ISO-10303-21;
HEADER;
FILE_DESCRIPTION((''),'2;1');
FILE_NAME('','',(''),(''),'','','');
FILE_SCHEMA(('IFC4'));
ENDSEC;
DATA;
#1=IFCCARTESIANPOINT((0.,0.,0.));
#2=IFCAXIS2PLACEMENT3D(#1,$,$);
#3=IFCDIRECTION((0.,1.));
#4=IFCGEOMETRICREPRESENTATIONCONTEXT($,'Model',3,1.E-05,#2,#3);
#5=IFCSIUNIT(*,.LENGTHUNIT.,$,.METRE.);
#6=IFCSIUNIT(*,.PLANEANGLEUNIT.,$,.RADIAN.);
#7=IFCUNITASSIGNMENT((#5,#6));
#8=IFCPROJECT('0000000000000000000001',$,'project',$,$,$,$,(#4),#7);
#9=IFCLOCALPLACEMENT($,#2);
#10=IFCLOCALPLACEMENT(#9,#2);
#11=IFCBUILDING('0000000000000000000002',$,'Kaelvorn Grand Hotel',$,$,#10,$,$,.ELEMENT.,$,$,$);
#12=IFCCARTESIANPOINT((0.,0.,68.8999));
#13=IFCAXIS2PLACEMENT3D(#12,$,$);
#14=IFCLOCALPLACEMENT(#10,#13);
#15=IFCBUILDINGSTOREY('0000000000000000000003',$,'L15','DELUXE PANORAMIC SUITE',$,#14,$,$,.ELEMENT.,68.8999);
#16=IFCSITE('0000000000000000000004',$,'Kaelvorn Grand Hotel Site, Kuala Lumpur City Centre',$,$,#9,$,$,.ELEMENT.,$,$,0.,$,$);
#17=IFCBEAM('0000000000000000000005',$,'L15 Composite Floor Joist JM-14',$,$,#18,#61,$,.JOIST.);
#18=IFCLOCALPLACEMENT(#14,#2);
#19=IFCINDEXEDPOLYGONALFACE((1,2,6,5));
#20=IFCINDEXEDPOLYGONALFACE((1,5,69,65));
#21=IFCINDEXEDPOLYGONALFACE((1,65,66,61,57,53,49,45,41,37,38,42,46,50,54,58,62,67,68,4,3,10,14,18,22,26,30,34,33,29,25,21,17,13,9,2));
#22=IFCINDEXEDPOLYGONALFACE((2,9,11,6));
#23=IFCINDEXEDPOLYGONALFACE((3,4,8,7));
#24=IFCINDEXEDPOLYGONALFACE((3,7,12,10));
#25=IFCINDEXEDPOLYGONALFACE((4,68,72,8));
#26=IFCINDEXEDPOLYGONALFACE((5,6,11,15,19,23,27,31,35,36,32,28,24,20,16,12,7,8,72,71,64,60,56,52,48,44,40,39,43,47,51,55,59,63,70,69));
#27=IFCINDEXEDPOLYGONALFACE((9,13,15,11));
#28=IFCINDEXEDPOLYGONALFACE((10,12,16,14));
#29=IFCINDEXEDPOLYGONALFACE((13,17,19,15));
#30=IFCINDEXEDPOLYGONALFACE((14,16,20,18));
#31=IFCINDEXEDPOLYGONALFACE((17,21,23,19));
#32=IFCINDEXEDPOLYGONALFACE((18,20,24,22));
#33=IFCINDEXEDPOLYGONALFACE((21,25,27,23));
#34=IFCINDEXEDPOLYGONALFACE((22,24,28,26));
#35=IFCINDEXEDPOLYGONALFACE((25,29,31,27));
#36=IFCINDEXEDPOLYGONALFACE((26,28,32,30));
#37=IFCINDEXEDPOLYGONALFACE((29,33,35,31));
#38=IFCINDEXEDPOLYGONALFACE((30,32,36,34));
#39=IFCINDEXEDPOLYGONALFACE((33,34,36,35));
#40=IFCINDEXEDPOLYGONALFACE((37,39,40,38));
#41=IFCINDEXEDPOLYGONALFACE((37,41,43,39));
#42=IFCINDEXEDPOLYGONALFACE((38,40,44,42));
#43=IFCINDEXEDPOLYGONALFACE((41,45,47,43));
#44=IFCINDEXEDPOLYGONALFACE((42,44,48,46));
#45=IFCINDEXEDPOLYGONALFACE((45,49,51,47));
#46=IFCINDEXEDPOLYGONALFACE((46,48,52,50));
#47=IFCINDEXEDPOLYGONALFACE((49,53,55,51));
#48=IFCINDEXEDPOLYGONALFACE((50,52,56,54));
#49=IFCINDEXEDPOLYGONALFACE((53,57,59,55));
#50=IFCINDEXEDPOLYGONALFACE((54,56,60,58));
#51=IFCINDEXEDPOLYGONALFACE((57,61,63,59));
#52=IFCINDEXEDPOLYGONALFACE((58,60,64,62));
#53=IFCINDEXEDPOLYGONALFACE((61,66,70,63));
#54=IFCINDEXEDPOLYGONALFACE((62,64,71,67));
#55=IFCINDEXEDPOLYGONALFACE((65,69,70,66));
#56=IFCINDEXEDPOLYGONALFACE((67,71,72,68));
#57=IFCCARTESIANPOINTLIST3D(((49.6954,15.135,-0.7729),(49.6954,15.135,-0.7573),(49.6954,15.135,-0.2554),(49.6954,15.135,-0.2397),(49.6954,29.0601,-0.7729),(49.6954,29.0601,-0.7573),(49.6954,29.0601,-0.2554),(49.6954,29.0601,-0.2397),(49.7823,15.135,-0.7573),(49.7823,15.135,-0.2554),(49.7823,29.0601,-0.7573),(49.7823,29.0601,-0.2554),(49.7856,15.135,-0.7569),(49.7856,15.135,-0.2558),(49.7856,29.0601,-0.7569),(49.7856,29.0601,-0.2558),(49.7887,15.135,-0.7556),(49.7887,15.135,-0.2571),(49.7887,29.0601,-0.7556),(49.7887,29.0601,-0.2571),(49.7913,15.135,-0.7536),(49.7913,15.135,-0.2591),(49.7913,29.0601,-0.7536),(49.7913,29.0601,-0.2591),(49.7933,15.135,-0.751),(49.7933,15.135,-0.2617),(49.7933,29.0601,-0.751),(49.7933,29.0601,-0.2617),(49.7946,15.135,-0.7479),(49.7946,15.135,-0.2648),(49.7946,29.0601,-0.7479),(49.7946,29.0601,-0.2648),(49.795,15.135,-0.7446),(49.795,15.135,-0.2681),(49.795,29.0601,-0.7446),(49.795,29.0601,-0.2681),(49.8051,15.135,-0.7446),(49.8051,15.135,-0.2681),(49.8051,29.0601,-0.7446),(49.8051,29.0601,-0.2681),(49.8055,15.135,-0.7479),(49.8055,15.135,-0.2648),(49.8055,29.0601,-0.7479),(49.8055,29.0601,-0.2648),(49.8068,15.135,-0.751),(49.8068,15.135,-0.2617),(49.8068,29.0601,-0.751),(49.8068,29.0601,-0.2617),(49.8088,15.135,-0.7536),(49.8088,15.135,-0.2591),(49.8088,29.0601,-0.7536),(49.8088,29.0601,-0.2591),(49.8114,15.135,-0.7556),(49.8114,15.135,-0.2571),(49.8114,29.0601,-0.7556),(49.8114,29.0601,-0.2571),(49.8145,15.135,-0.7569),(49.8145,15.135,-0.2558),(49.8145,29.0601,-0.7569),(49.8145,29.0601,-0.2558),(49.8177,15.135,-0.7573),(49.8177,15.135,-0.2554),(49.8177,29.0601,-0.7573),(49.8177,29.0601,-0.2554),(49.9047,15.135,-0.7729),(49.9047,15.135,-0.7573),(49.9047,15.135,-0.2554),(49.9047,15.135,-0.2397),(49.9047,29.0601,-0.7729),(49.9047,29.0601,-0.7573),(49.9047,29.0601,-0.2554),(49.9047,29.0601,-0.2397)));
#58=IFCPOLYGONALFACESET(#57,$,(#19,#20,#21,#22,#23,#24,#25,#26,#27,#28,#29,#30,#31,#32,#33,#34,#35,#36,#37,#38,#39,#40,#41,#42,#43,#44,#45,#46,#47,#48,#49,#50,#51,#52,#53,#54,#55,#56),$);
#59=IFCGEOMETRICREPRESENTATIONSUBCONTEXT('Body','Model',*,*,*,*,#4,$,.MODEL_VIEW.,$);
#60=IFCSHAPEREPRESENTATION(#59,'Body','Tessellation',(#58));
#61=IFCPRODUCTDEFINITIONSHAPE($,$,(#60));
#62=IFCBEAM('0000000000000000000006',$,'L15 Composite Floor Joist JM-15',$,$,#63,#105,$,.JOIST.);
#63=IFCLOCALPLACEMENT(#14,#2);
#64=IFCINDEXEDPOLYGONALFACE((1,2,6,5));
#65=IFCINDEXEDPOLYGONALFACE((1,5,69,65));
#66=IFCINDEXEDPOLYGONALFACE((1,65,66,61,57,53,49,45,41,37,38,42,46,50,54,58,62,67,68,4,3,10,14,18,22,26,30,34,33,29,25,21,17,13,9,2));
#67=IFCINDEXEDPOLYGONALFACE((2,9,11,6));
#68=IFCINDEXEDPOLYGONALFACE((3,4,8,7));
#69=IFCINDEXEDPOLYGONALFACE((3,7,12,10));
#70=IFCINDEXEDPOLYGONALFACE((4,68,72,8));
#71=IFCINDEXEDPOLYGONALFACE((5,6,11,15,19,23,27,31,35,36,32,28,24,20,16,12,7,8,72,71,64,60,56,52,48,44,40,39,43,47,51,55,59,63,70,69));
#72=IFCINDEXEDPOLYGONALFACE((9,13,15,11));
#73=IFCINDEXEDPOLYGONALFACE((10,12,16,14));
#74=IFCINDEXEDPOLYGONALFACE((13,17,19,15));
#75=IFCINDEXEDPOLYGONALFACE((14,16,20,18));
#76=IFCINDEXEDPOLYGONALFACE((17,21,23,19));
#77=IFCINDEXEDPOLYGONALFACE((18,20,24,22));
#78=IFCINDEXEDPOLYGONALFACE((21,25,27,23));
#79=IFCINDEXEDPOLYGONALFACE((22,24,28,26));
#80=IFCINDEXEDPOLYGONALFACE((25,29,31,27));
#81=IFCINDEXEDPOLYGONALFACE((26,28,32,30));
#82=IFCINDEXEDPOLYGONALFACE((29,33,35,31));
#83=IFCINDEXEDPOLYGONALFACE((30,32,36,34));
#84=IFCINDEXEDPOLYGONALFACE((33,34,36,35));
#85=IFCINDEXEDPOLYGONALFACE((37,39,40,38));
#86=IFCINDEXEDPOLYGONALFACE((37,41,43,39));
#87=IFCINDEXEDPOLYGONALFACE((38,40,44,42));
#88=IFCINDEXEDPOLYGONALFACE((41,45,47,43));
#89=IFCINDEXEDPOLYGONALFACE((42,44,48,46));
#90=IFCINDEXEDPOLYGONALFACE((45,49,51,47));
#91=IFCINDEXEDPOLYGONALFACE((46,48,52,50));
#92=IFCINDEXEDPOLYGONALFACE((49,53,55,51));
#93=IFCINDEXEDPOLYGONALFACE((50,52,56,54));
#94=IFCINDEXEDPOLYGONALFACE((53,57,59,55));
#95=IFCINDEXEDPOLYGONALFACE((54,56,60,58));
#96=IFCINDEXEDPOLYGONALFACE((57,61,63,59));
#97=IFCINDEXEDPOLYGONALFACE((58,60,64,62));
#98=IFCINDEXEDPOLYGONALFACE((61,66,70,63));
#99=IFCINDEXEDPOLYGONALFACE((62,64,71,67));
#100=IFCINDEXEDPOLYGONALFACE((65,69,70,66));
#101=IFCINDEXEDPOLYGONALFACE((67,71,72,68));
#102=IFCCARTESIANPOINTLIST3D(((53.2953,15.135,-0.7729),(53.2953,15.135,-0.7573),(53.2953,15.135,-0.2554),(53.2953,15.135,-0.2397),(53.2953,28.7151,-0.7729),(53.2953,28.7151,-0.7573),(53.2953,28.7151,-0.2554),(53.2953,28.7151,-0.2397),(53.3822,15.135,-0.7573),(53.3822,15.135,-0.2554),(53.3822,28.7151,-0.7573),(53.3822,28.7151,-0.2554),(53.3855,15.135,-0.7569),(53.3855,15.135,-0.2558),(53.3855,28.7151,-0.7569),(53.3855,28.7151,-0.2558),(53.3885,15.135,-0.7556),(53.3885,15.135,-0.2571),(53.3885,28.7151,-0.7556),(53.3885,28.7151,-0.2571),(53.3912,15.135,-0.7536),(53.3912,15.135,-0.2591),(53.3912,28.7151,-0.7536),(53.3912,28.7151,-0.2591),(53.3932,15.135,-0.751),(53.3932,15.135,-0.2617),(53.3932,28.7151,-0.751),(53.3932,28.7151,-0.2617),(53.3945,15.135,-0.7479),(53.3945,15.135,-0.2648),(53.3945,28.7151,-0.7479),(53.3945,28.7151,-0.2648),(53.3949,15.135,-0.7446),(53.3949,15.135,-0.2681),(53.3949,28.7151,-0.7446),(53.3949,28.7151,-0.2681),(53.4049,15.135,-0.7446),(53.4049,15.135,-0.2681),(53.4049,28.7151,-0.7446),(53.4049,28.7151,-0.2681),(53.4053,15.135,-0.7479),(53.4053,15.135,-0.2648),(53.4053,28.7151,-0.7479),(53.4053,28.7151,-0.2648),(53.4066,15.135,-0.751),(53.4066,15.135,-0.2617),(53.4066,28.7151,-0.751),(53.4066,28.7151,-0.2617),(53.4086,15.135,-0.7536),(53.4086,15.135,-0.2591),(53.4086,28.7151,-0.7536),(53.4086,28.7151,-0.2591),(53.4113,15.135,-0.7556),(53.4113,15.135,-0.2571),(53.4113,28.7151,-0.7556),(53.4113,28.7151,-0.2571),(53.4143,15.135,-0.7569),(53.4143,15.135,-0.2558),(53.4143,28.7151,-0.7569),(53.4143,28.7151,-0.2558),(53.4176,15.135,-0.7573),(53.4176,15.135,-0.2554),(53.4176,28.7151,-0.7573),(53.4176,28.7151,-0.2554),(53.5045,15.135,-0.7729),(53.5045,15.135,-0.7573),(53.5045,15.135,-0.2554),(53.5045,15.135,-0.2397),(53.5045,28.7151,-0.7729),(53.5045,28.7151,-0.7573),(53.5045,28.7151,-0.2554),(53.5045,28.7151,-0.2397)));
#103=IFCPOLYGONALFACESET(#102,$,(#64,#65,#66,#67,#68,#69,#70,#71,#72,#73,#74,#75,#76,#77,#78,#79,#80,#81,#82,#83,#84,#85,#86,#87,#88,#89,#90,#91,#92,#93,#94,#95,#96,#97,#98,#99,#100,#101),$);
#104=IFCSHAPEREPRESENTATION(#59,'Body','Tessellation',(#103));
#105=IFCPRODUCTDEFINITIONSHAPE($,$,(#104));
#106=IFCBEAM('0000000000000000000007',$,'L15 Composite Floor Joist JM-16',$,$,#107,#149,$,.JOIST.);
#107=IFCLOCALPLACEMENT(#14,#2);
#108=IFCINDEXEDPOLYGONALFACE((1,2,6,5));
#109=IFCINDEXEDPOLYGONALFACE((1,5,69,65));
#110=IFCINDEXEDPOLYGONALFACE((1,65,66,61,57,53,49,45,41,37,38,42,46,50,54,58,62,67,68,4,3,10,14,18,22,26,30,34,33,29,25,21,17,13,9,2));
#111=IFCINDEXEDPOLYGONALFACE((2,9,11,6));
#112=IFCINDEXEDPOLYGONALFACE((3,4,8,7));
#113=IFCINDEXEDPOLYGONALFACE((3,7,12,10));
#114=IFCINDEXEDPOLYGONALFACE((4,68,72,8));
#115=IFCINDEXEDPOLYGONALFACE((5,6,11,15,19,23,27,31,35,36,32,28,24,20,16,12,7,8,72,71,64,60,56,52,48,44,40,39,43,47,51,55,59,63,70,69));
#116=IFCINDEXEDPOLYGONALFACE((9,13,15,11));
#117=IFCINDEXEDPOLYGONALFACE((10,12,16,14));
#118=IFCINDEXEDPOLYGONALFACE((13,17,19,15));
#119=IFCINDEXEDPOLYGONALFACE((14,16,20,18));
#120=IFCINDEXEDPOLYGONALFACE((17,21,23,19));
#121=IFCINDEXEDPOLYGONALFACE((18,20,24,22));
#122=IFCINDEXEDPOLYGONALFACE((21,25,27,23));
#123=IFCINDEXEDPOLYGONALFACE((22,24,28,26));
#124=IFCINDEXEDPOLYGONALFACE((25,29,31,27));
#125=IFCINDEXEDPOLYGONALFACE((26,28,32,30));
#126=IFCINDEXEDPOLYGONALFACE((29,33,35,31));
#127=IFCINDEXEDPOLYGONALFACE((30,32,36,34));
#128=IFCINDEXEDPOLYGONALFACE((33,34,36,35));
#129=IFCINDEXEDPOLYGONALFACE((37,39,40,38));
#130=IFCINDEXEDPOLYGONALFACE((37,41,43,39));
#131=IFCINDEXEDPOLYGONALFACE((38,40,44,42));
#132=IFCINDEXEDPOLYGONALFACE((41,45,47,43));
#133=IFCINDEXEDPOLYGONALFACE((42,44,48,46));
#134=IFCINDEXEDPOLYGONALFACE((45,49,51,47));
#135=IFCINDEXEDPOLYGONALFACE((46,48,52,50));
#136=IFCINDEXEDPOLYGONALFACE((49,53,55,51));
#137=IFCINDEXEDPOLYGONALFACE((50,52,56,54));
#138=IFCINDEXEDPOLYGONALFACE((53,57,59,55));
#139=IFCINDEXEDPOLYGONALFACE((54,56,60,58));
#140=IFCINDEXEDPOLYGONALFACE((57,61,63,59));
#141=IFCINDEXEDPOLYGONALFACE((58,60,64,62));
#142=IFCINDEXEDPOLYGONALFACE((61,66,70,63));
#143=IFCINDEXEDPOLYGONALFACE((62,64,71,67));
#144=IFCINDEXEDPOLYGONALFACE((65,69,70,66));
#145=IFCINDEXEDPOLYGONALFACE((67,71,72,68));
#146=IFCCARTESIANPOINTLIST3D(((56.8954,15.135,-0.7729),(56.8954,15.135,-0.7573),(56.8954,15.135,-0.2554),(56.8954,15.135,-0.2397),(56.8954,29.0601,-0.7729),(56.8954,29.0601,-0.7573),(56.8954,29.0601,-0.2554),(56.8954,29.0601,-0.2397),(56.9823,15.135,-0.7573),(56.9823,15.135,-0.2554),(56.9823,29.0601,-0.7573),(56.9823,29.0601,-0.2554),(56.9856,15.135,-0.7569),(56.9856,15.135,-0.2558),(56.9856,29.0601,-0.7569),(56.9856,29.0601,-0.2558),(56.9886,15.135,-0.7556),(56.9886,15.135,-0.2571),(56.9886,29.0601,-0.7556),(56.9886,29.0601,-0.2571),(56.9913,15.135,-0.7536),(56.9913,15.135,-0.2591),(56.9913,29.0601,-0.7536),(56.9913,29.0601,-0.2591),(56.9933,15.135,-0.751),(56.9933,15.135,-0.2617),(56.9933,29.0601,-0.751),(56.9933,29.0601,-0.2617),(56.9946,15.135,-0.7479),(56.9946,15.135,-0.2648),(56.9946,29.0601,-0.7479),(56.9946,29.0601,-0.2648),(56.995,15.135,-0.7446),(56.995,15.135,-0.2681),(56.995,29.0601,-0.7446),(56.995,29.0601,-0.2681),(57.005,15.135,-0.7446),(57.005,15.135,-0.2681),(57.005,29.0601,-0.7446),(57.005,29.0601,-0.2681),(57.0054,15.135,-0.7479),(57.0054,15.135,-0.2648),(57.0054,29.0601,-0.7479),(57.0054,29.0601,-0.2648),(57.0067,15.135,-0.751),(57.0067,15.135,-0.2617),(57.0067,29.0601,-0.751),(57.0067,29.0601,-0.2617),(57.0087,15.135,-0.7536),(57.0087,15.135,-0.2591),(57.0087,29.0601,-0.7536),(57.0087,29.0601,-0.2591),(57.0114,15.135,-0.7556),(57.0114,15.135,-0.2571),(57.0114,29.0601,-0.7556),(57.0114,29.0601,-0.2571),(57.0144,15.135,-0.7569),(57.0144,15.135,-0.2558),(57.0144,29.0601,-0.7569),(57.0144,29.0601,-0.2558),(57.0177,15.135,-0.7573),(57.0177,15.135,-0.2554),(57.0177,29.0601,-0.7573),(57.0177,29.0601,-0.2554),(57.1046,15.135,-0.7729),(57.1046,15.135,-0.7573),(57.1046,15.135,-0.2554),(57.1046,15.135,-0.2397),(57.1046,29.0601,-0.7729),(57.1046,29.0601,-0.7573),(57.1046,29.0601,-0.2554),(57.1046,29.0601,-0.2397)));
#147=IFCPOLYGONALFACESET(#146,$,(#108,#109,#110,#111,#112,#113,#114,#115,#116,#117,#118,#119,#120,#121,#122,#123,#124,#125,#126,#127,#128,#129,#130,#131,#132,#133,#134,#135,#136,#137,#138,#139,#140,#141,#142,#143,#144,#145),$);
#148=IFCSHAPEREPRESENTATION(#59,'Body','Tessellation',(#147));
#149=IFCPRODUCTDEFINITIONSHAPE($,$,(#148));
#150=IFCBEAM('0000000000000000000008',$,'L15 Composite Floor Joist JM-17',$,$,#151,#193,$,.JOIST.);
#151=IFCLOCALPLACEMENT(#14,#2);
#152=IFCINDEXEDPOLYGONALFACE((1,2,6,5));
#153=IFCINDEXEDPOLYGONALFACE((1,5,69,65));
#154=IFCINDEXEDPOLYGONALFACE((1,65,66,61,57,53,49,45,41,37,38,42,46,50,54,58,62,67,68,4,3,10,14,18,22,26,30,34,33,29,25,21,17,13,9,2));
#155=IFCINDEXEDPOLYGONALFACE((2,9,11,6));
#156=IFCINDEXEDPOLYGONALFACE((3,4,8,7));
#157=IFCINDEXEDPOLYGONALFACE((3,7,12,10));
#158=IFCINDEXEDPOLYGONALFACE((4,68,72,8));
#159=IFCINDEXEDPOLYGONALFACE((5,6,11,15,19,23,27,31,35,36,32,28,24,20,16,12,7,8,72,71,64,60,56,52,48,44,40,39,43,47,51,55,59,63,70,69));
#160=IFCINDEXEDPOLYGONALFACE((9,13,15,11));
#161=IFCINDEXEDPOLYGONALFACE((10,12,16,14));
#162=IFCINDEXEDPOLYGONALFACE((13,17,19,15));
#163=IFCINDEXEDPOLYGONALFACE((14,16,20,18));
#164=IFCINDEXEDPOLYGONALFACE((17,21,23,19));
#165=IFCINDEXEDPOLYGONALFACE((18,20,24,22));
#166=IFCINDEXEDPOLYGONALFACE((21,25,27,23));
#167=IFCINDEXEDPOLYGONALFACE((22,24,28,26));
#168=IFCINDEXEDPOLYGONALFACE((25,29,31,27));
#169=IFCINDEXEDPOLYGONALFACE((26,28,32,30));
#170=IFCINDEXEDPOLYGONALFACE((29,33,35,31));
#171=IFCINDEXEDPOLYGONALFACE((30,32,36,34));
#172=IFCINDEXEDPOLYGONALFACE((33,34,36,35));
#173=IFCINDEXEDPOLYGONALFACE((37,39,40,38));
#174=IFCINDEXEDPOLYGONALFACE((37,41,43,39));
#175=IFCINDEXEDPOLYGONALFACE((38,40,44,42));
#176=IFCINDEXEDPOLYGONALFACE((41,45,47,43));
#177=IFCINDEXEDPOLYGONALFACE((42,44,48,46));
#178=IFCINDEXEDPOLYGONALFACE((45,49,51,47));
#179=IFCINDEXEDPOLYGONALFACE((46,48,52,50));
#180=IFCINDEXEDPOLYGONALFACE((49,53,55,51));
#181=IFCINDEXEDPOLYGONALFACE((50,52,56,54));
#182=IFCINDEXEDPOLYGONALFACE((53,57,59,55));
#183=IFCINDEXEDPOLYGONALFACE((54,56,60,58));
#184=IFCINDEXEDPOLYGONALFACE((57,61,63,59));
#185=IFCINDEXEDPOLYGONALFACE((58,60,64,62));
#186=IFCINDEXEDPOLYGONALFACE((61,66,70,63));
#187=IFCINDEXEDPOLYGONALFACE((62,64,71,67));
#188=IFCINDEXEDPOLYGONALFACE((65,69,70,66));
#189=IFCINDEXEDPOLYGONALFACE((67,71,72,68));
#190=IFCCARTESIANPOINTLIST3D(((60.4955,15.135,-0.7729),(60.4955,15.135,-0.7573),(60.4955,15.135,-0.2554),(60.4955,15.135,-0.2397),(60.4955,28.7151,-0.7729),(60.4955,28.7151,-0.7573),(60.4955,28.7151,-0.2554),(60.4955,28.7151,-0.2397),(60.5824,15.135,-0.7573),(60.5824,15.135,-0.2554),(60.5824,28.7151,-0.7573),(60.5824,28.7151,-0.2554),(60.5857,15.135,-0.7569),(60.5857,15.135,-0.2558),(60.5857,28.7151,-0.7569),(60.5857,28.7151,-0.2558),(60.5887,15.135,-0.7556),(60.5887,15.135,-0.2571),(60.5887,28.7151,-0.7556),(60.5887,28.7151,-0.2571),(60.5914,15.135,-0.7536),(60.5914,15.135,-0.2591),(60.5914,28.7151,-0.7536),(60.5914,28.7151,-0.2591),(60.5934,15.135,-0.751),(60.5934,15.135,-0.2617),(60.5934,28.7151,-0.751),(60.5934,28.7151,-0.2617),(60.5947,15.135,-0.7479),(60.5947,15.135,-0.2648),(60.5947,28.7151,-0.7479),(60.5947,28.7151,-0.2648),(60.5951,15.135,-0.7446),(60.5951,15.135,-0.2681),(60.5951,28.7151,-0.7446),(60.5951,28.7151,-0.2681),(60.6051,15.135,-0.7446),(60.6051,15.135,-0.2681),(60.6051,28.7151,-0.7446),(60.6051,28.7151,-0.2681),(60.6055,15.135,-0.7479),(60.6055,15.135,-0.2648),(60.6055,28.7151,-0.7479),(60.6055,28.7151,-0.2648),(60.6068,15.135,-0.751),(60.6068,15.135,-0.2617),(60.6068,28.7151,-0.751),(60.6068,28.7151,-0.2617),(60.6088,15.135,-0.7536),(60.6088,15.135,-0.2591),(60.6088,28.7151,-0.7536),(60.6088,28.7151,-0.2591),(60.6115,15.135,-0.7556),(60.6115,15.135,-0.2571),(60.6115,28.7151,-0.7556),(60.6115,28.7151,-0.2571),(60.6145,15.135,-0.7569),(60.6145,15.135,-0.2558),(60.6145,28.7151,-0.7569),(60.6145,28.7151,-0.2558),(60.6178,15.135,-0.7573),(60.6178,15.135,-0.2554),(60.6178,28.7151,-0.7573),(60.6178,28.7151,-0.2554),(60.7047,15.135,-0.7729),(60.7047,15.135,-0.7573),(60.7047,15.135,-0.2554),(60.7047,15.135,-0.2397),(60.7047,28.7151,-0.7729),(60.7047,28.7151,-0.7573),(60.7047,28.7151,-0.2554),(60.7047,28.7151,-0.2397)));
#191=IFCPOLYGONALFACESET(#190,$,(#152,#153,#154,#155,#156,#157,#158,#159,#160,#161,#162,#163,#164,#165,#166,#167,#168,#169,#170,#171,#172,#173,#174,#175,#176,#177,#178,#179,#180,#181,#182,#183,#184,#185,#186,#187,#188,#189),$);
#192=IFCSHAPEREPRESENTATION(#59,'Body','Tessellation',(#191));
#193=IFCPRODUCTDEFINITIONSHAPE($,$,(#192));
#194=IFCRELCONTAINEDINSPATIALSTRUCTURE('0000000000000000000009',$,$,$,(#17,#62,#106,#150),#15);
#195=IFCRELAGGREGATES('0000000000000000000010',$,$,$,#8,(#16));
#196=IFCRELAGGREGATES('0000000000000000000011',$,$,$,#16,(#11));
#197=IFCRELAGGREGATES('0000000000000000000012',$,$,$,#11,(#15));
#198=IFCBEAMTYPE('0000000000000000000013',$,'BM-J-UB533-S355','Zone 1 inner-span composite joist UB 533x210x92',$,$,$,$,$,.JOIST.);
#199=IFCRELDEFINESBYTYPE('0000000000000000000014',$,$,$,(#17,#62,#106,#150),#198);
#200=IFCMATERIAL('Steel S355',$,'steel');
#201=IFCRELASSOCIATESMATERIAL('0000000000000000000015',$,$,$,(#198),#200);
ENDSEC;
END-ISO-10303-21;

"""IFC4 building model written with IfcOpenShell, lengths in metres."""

from ifc_helpers import new_model, si_unit, direction, frame, origin, origin_2d, place, context, subcontext, project, spatial, i_section, extrude, material, material_profile, profile_set, type_object, element, save


model = new_model("IFC4")

# Units and contexts
model_context = context("Model", 3, precision=1e-05, world=origin(), true_north=direction((0.0, 1.0)))
body_context = subcontext(model_context, "Body", "Model", "MODEL_VIEW")
ifc_project = project(units=[si_unit("LENGTHUNIT", "METRE"), si_unit("PLANEANGLEUNIT", "RADIAN")], contexts=[model_context])

# Site, building, storey
site_placement = place(None, origin())
site = spatial("IfcSite", under=ifc_project, at=site_placement, Name="Kaelvorn Grand Hotel Site, Kuala Lumpur City Centre", CompositionType="ELEMENT", RefElevation=0.0)
building_placement = place(site_placement, origin())
building = spatial("IfcBuilding", under=site, at=building_placement, Name="Kaelvorn Grand Hotel", CompositionType="ELEMENT")
storey_placement = place(building_placement, frame((0.0, 0.0, 68.8999)))
storey = spatial("IfcBuildingStorey", under=building, at=storey_placement, Name="L15", Description="DELUXE PANORAMIC SUITE", CompositionType="ELEMENT", Elevation=68.8999)

# Beams
ifc_material_1 = material(Name="Steel S355", Category="steel")
ifc_material_profile_1 = material_profile(ifc_material_1, i_section(OverallWidth=0.2092, OverallDepth=0.5332, WebThickness=0.01, FlangeThickness=0.0156, FilletRadius=0.0127, at=origin_2d()), Name="UB 533x210x92")
ifc_profile_set_1 = profile_set([ifc_material_profile_1], Name="Steel S355")
beam_type_1 = type_object("IfcBeamType", Name="BM-J-UB533-S355", Description="Zone 1 inner-span composite joist UB 533x210x92", PredefinedType="JOIST", material=ifc_profile_set_1)
beam_1_placement = place(storey_placement, frame((49.8, 15.135, -0.5063), z_axis=(0.0, 1.0, 0.0), x_axis=(-1.0, 0.0, 0.0)))
element("IfcBeam", 1, at=beam_1_placement, inside=storey, type_object=beam_type_1, Name="L15 Composite Floor Joist JM-14", PredefinedType="JOIST", context=body_context, shape_type="SweptSolid", body=[
    extrude(i_section(OverallWidth=0.2092, OverallDepth=0.5332, WebThickness=0.01, FlangeThickness=0.0156, FilletRadius=0.0127, at=origin_2d()), origin(), (0.0, 0.0, 1.0), 13.925),
])
beam_2_placement = place(storey_placement, frame((53.3999, 15.135, -0.5063), z_axis=(0.0, 1.0, 0.0), x_axis=(-1.0, 0.0, 0.0)))
element("IfcBeam", 2, at=beam_2_placement, inside=storey, type_object=beam_type_1, Name="L15 Composite Floor Joist JM-15", PredefinedType="JOIST", context=body_context, shape_type="SweptSolid", body=[
    extrude(i_section(OverallWidth=0.2092, OverallDepth=0.5332, WebThickness=0.01, FlangeThickness=0.0156, FilletRadius=0.0127, at=origin_2d()), origin(), (0.0, 0.0, 1.0), 13.5801),
])
beam_3_placement = place(storey_placement, frame((57.0, 15.135, -0.5063), z_axis=(0.0, 1.0, 0.0), x_axis=(-1.0, 0.0, 0.0)))
element("IfcBeam", 3, at=beam_3_placement, inside=storey, type_object=beam_type_1, Name="L15 Composite Floor Joist JM-16", PredefinedType="JOIST", context=body_context, shape_type="SweptSolid", body=[
    extrude(i_section(OverallWidth=0.2092, OverallDepth=0.5332, WebThickness=0.01, FlangeThickness=0.0156, FilletRadius=0.0127, at=origin_2d()), origin(), (0.0, 0.0, 1.0), 13.925),
])
beam_4_placement = place(storey_placement, frame((60.6001, 15.135, -0.5063), z_axis=(0.0, 1.0, 0.0), x_axis=(-1.0, 0.0, 0.0)))
element("IfcBeam", 4, at=beam_4_placement, inside=storey, type_object=beam_type_1, Name="L15 Composite Floor Joist JM-17", PredefinedType="JOIST", context=body_context, shape_type="SweptSolid", body=[
    extrude(i_section(OverallWidth=0.2092, OverallDepth=0.5332, WebThickness=0.01, FlangeThickness=0.0156, FilletRadius=0.0127, at=origin_2d()), origin(), (0.0, 0.0, 1.0), 13.5801),
])

save(model, "model.ifc")
